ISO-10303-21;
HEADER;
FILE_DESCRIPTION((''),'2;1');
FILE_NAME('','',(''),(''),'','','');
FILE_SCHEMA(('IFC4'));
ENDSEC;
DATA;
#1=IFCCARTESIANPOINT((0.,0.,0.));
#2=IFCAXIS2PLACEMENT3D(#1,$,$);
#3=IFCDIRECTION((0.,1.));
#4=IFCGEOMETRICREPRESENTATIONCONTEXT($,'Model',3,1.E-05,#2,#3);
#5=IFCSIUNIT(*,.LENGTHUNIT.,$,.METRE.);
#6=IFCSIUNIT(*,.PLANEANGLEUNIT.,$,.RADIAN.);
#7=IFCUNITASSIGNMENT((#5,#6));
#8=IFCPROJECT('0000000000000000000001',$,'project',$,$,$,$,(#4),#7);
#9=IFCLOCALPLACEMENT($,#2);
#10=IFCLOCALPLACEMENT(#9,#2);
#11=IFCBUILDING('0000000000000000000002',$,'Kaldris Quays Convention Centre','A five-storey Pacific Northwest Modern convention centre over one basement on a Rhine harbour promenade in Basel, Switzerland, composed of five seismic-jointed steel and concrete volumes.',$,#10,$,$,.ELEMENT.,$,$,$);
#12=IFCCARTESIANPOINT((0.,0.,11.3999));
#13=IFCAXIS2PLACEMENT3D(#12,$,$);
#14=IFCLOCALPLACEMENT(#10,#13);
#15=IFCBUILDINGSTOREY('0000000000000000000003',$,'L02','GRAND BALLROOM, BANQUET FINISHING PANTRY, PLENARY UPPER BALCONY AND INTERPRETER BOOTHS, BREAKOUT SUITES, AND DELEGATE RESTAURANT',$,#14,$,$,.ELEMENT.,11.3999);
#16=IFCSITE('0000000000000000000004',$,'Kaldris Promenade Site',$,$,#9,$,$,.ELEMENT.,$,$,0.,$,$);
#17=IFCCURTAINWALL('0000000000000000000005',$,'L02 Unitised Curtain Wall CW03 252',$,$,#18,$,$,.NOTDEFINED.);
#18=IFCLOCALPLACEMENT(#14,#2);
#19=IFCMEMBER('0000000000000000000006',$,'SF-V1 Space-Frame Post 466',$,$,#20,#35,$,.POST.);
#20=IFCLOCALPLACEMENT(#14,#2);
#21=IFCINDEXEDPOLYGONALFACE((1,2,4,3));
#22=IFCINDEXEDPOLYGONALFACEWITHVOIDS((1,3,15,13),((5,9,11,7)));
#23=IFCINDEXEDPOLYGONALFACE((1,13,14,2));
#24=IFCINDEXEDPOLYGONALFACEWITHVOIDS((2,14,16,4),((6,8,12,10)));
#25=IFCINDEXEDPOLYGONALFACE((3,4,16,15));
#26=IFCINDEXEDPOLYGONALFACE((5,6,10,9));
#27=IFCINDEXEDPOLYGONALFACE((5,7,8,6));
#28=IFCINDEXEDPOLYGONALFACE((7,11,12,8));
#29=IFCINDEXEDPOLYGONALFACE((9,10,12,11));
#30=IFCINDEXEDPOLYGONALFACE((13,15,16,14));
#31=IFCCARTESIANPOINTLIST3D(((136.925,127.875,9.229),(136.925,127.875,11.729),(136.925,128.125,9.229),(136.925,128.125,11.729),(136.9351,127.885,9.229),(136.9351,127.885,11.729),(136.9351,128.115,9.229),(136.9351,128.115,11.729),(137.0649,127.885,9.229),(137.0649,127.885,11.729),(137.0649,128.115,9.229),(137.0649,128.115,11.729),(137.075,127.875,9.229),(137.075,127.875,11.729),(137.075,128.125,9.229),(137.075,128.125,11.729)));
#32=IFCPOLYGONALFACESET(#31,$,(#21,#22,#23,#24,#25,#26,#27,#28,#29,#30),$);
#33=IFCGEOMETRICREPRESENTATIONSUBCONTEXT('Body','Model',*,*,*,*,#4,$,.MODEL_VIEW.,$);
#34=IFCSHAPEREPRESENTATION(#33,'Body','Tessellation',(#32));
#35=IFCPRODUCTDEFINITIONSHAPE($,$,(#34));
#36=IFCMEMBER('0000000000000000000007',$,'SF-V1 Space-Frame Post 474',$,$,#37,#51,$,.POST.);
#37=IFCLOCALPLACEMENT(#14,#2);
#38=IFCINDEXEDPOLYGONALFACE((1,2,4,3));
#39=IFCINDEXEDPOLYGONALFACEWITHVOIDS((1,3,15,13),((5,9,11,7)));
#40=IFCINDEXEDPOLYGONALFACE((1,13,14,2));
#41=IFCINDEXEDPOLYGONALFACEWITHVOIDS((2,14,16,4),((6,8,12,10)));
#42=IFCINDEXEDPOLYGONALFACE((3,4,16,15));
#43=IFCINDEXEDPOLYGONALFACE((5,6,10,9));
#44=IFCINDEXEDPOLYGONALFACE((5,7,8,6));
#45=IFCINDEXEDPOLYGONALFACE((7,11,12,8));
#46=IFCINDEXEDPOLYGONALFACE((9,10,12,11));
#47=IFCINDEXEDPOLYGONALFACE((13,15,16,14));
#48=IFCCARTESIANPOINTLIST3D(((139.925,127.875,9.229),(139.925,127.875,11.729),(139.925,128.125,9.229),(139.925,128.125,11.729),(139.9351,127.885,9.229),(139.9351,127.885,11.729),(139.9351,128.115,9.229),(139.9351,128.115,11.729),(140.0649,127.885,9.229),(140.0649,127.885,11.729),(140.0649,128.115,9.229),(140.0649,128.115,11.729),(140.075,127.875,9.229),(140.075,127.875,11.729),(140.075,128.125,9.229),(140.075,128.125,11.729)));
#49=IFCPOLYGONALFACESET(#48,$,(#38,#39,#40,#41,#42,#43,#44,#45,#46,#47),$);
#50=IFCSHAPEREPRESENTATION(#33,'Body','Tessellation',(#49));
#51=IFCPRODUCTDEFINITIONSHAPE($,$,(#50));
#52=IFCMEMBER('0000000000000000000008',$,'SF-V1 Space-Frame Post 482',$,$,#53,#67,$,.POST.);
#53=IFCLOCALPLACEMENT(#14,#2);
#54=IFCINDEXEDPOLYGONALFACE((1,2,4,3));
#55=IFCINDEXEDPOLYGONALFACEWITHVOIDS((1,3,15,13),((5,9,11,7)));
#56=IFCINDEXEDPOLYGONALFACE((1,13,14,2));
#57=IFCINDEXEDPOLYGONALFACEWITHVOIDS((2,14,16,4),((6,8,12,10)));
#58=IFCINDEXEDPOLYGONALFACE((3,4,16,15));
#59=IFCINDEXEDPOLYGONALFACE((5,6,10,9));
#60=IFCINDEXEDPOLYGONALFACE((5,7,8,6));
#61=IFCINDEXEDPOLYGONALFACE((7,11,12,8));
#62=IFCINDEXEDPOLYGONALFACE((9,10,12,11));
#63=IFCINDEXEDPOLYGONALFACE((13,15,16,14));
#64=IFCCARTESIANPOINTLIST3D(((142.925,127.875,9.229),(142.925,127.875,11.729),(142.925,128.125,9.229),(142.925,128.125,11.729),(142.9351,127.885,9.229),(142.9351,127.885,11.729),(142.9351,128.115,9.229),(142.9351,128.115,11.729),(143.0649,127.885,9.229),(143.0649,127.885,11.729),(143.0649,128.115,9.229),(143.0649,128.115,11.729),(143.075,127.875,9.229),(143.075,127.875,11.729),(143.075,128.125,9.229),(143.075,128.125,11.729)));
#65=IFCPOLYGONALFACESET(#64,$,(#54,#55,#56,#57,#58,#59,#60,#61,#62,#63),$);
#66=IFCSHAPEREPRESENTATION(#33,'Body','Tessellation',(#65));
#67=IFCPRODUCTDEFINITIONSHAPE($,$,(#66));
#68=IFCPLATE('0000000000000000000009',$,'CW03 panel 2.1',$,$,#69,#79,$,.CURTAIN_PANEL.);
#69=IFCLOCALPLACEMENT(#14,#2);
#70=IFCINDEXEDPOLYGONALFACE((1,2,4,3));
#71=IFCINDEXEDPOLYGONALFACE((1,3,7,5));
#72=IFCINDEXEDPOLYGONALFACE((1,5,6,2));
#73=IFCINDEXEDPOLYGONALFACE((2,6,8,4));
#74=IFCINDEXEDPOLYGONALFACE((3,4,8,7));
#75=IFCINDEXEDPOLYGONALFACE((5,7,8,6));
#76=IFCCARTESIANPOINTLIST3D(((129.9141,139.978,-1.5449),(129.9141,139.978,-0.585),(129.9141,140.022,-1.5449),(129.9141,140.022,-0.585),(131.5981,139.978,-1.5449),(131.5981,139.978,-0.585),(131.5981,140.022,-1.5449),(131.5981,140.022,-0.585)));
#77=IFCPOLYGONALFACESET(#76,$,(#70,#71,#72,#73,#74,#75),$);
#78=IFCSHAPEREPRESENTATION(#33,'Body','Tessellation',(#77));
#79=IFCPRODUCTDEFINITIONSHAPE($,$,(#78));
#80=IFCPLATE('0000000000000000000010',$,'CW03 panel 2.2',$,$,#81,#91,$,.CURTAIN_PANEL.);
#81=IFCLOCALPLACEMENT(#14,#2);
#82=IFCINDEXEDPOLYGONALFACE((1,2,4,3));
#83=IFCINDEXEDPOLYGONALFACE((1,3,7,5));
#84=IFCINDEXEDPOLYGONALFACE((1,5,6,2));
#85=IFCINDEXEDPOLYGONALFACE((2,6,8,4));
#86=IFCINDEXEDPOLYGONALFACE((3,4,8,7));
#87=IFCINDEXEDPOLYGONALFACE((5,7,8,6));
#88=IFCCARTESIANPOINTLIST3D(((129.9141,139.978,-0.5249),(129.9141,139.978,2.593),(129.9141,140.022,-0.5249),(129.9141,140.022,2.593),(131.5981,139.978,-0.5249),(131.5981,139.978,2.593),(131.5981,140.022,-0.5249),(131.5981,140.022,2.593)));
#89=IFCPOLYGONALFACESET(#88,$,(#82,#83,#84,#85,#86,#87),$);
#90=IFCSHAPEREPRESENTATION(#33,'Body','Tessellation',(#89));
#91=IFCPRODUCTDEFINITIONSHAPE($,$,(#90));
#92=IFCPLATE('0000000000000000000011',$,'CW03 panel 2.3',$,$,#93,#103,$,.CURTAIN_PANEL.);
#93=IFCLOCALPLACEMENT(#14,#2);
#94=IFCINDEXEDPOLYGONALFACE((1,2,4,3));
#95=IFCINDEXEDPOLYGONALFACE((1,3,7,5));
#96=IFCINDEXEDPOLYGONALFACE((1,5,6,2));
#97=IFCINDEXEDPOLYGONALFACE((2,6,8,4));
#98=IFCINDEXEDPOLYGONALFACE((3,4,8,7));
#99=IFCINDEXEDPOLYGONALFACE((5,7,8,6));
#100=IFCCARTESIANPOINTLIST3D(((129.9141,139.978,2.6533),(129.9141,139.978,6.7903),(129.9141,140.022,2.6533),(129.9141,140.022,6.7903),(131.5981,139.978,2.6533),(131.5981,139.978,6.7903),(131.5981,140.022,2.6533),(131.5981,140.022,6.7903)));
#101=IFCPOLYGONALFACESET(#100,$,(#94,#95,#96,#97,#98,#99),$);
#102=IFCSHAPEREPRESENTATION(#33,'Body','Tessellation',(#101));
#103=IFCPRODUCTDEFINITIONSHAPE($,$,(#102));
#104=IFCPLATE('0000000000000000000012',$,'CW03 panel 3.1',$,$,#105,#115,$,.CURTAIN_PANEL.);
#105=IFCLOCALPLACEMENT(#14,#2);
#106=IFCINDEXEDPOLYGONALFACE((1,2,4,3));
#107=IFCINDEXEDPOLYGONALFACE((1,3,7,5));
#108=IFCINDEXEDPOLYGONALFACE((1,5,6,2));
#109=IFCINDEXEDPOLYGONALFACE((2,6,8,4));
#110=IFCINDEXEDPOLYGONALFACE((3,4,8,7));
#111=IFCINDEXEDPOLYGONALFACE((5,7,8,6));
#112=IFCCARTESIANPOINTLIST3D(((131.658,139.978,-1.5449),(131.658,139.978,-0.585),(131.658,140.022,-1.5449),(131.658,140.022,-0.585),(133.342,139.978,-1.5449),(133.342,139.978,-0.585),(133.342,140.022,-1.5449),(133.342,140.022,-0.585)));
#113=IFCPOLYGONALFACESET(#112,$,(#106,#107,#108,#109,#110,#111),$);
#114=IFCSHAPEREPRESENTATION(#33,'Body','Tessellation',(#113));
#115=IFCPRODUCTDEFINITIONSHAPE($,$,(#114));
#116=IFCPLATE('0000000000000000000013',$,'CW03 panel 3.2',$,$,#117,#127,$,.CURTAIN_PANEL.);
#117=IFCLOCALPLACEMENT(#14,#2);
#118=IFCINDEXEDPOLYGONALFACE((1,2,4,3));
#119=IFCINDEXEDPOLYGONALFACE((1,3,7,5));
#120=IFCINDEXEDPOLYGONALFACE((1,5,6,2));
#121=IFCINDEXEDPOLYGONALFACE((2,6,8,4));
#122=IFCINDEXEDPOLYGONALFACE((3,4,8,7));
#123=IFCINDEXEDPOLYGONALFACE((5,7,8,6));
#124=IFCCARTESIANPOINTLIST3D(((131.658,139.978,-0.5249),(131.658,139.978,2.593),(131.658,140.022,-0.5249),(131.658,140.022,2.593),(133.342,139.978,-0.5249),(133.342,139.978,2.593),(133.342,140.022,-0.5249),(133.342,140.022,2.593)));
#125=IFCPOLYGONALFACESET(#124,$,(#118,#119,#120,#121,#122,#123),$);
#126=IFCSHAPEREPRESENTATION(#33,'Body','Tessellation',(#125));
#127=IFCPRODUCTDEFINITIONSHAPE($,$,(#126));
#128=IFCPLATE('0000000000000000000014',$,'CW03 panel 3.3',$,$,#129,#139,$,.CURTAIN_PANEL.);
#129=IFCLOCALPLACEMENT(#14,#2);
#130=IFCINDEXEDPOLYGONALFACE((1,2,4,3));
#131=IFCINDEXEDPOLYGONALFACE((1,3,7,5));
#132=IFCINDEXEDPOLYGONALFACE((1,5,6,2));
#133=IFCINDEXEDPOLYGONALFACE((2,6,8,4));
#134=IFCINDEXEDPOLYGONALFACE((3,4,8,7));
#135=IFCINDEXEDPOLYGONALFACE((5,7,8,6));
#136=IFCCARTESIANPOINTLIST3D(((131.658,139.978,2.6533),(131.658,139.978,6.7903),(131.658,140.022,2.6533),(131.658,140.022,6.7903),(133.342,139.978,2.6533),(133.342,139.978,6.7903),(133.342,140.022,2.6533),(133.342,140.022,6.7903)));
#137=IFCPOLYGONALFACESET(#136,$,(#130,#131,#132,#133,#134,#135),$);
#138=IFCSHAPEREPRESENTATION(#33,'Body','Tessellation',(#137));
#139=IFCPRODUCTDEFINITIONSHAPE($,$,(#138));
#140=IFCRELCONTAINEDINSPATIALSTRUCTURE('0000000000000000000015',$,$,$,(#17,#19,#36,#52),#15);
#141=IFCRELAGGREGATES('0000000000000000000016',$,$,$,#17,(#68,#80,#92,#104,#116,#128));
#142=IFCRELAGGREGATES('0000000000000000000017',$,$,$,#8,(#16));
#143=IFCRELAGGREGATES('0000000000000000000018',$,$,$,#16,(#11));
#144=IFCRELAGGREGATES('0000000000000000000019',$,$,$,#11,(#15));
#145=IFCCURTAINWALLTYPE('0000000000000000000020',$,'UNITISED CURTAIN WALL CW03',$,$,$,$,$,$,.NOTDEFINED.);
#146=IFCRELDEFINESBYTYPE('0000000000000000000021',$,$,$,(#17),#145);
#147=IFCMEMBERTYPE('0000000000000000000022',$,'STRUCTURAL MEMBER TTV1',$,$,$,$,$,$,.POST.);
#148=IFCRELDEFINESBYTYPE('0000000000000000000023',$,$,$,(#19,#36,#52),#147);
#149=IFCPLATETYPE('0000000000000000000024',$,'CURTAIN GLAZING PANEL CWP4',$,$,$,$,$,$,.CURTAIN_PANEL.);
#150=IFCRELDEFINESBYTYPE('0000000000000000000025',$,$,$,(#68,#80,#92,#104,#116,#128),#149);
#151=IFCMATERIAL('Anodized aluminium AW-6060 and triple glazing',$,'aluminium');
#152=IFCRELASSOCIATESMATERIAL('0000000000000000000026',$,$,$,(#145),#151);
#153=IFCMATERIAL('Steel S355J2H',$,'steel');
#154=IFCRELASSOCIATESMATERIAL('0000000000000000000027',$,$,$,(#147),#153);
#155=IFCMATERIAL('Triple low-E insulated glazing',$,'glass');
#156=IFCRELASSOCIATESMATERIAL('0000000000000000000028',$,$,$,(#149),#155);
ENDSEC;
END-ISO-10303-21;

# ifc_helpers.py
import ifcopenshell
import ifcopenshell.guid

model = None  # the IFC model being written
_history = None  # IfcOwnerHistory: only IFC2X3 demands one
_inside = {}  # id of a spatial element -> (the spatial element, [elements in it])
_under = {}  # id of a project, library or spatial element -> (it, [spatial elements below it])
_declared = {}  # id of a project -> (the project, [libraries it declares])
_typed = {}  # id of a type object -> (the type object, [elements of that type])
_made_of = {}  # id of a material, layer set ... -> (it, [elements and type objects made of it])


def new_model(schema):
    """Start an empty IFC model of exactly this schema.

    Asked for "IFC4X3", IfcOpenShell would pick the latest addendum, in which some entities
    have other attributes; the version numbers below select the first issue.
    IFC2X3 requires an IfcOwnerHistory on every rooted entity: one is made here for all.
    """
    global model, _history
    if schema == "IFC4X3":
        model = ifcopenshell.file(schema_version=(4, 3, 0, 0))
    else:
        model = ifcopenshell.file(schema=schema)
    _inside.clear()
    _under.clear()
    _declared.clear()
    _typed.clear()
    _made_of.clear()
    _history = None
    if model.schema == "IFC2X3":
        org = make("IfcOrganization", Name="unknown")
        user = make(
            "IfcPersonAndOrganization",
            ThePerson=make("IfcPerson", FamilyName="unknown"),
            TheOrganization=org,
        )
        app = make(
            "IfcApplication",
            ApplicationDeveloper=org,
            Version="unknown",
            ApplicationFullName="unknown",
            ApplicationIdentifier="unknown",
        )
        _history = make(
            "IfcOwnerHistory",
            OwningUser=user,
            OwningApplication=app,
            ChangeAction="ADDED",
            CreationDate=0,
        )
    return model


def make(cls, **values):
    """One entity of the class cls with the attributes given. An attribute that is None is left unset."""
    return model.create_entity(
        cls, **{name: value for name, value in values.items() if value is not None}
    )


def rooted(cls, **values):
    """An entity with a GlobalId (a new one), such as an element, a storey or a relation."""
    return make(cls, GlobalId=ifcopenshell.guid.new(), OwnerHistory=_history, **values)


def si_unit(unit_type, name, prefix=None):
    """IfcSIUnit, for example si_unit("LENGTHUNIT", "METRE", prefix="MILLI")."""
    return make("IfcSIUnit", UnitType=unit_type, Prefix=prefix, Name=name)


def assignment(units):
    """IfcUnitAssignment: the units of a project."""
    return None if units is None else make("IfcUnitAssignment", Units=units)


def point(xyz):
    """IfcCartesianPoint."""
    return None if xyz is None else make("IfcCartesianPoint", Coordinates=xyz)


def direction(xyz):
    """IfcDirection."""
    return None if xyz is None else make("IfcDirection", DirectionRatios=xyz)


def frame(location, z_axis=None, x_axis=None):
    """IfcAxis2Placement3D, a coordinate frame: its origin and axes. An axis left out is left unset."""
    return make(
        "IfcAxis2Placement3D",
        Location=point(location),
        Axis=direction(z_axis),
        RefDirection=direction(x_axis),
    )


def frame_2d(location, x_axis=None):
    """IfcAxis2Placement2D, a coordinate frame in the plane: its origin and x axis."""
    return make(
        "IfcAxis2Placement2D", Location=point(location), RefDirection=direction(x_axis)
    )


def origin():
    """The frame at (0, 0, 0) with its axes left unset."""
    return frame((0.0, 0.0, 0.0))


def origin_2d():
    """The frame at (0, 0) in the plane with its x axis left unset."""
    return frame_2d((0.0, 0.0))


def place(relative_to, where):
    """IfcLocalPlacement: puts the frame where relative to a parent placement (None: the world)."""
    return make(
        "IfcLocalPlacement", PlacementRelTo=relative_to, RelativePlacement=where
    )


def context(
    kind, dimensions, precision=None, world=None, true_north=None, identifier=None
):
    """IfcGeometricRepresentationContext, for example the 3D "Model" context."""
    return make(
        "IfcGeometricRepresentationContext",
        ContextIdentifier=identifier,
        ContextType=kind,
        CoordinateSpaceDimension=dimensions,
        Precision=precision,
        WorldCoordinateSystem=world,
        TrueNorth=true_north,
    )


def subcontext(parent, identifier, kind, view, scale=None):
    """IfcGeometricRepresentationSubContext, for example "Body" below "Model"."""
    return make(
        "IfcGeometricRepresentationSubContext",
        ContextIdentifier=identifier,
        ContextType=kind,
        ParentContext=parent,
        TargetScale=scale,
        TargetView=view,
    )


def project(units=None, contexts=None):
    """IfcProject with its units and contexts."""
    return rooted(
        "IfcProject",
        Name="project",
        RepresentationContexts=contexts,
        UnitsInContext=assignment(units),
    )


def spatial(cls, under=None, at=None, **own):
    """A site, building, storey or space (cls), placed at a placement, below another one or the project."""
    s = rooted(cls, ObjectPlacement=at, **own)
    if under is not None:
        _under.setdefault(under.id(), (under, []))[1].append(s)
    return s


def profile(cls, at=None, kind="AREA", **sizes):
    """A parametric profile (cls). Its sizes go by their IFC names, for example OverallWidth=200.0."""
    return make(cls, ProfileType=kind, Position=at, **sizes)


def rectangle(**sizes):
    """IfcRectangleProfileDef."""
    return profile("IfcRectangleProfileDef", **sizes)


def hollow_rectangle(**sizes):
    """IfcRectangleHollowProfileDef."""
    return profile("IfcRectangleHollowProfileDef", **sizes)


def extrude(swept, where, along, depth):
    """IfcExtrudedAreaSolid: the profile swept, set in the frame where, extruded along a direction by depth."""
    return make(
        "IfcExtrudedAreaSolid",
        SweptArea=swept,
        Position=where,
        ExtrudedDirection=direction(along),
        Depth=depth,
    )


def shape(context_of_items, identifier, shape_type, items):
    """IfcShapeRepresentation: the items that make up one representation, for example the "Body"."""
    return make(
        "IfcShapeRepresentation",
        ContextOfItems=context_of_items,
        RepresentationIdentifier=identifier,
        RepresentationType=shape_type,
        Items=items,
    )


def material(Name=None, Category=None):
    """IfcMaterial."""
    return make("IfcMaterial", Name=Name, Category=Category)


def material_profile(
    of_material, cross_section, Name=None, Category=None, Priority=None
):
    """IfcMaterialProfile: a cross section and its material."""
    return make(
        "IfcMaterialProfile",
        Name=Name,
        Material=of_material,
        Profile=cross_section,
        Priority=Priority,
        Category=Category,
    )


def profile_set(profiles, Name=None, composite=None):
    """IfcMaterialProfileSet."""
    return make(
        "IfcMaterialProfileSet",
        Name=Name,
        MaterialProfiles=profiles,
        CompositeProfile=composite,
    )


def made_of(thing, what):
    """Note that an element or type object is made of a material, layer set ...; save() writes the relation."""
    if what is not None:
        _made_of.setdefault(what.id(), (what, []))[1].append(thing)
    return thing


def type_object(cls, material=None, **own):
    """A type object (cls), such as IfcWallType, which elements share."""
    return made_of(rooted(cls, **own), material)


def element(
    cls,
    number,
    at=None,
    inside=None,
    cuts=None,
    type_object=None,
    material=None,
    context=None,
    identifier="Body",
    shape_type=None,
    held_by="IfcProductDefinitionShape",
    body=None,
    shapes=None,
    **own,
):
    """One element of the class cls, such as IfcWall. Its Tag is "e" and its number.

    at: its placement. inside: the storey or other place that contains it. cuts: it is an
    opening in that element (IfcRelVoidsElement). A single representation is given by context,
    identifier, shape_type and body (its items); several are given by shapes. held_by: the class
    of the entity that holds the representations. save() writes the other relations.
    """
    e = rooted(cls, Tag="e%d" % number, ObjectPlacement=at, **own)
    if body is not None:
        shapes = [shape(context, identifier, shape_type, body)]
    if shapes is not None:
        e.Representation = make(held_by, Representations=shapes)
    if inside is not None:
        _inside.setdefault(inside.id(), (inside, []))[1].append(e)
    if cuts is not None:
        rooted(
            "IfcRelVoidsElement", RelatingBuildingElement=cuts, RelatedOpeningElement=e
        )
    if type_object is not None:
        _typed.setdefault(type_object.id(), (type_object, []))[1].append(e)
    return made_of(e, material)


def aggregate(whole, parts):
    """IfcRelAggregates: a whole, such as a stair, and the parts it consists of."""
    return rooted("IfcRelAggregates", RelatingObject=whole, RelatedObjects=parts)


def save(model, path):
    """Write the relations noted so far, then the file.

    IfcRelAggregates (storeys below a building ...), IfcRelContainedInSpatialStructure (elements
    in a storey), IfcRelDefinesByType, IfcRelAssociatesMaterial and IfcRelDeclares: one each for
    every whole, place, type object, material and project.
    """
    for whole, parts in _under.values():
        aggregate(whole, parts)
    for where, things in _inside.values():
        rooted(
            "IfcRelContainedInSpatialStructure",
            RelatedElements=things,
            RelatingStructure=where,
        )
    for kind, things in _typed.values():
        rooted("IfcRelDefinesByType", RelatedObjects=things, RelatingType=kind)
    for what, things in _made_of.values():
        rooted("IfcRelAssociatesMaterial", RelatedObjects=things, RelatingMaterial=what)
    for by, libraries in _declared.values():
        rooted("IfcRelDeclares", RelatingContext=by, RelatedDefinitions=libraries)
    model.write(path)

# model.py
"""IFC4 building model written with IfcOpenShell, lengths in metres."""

from ifc_helpers import new_model, si_unit, direction, frame, origin, origin_2d, place, context, subcontext, project, spatial, rectangle, hollow_rectangle, extrude, material, material_profile, profile_set, type_object, element, aggregate, save


model = new_model("IFC4")

# Units and contexts
model_context = context("Model", 3, precision=1e-05, world=origin(), true_north=direction((0.0, 1.0)))
body_context = subcontext(model_context, "Body", "Model", "MODEL_VIEW")
ifc_project = project(units=[si_unit("LENGTHUNIT", "METRE"), si_unit("PLANEANGLEUNIT", "RADIAN")], contexts=[model_context])

# Site, building, storey
site_placement = place(None, origin())
site = spatial("IfcSite", under=ifc_project, at=site_placement, Name="Kaldris Promenade Site", CompositionType="ELEMENT", RefElevation=0.0)
building_placement = place(site_placement, origin())
building = spatial("IfcBuilding", under=site, at=building_placement, Name="Kaldris Quays Convention Centre", Description="A five-storey Pacific Northwest Modern convention centre over one basement on a Rhine harbour promenade in Basel, Switzerland, composed of five seismic-jointed steel and concrete volumes.", CompositionType="ELEMENT")
storey_placement = place(building_placement, frame((0.0, 0.0, 11.3999)))
storey = spatial("IfcBuildingStorey", under=building, at=storey_placement, Name="L02", Description="GRAND BALLROOM, BANQUET FINISHING PANTRY, PLENARY UPPER BALCONY AND INTERPRETER BOOTHS, BREAKOUT SUITES, AND DELEGATE RESTAURANT", CompositionType="ELEMENT", Elevation=11.3999)

# Curtain wall
ifc_material_1 = material(Name="Anodized aluminium AW-6060 and triple glazing", Category="aluminium")
curtain_wall_type = type_object("IfcCurtainWallType", Name="UNITISED CURTAIN WALL CW03", PredefinedType="NOTDEFINED", material=ifc_material_1)
curtain_wall_placement = place(storey_placement, origin())
curtain_wall = element("IfcCurtainWall", 1, at=curtain_wall_placement, inside=storey, type_object=curtain_wall_type, Name="L02 Unitised Curtain Wall CW03 252", PredefinedType="NOTDEFINED")

# Members
ifc_material_2 = material(Name="Steel S355J2H", Category="steel")
ifc_material_profile_1 = material_profile(ifc_material_2, hollow_rectangle(XDim=0.1499, YDim=0.25, WallThickness=0.01, at=origin_2d()), Name="RHS 250x150x10")
ifc_profile_set_1 = profile_set([ifc_material_profile_1], Name="Steel S355J2H")
member_type_1 = type_object("IfcMemberType", Name="STRUCTURAL MEMBER TTV1", PredefinedType="POST", material=ifc_profile_set_1)
for number, where, z_axis, x_axis, name in (
    (2, (137.0, 128.0, 9.229), (0.0, 0.0, 1.0), (1.0, 0.0, 0.0), "SF-V1 Space-Frame Post 466"),
    (3, (140.0, 128.0, 9.229), (0.0, 0.0, 1.0), (1.0, 0.0, 0.0), "SF-V1 Space-Frame Post 474"),
    (4, (143.0, 128.0, 9.229), (0.0, 0.0, 1.0), (1.0, 0.0, 0.0), "SF-V1 Space-Frame Post 482"),
):
    element("IfcMember", number, at=place(storey_placement, frame(where, z_axis=z_axis, x_axis=x_axis)), inside=storey, type_object=member_type_1, Name=name, PredefinedType="POST", context=body_context, shape_type="SweptSolid", body=[
        extrude(hollow_rectangle(XDim=0.1499, YDim=0.25, WallThickness=0.01, at=origin_2d()), origin(), (0.0, 0.0, 1.0), 2.5),
    ])

# Plates
ifc_material_3 = material(Name="Triple low-E insulated glazing", Category="glass")
plate_type = type_object("IfcPlateType", Name="CURTAIN GLAZING PANEL CWP4", PredefinedType="CURTAIN_PANEL", material=ifc_material_3)
plate_1_placement = place(storey_placement, frame((130.7561, 140.0, -1.5449), z_axis=(0.0, 0.0, 1.0), x_axis=(1.0, 0.0, 0.0)))
plate_1 = element("IfcPlate", 5, at=plate_1_placement, type_object=plate_type, Name="CW03 panel 2.1", PredefinedType="CURTAIN_PANEL", context=body_context, shape_type="SweptSolid", body=[
    extrude(rectangle(XDim=1.6841, YDim=0.0439, at=origin_2d()), origin(), (0.0, 0.0, 1.0), 0.96),
])
plate_2_placement = place(storey_placement, frame((130.7561, 140.0, -0.5249), z_axis=(0.0, 0.0, 1.0), x_axis=(1.0, 0.0, 0.0)))
plate_2 = element("IfcPlate", 6, at=plate_2_placement, type_object=plate_type, Name="CW03 panel 2.2", PredefinedType="CURTAIN_PANEL", context=body_context, shape_type="SweptSolid", body=[
    extrude(rectangle(XDim=1.6841, YDim=0.0439, at=origin_2d()), origin(), (0.0, 0.0, 1.0), 3.1179),
])
plate_3_placement = place(storey_placement, frame((130.7561, 140.0, 2.6533), z_axis=(0.0, 0.0, 1.0), x_axis=(1.0, 0.0, 0.0)))
plate_3 = element("IfcPlate", 7, at=plate_3_placement, type_object=plate_type, Name="CW03 panel 2.3", PredefinedType="CURTAIN_PANEL", context=body_context, shape_type="SweptSolid", body=[
    extrude(rectangle(XDim=1.6841, YDim=0.0439, at=origin_2d()), origin(), (0.0, 0.0, 1.0), 4.137),
])
plate_4_placement = place(storey_placement, frame((132.5, 140.0, -1.5449), z_axis=(0.0, 0.0, 1.0), x_axis=(1.0, 0.0, 0.0)))
plate_4 = element("IfcPlate", 8, at=plate_4_placement, type_object=plate_type, Name="CW03 panel 3.1", PredefinedType="CURTAIN_PANEL", context=body_context, shape_type="SweptSolid", body=[
    extrude(rectangle(XDim=1.6841, YDim=0.0439, at=origin_2d()), origin(), (0.0, 0.0, 1.0), 0.96),
])
plate_5_placement = place(storey_placement, frame((132.5, 140.0, -0.5249), z_axis=(0.0, 0.0, 1.0), x_axis=(1.0, 0.0, 0.0)))
plate_5 = element("IfcPlate", 9, at=plate_5_placement, type_object=plate_type, Name="CW03 panel 3.2", PredefinedType="CURTAIN_PANEL", context=body_context, shape_type="SweptSolid", body=[
    extrude(rectangle(XDim=1.6841, YDim=0.0439, at=origin_2d()), origin(), (0.0, 0.0, 1.0), 3.1179),
])
plate_6_placement = place(storey_placement, frame((132.5, 140.0, 2.6533), z_axis=(0.0, 0.0, 1.0), x_axis=(1.0, 0.0, 0.0)))
plate_6 = element("IfcPlate", 10, at=plate_6_placement, type_object=plate_type, Name="CW03 panel 3.3", PredefinedType="CURTAIN_PANEL", context=body_context, shape_type="SweptSolid", body=[
    extrude(rectangle(XDim=1.6841, YDim=0.0439, at=origin_2d()), origin(), (0.0, 0.0, 1.0), 4.137),
])
aggregate(curtain_wall, [plate_1, plate_2, plate_3, plate_4, plate_5, plate_6])

save(model, "model.ifc")
